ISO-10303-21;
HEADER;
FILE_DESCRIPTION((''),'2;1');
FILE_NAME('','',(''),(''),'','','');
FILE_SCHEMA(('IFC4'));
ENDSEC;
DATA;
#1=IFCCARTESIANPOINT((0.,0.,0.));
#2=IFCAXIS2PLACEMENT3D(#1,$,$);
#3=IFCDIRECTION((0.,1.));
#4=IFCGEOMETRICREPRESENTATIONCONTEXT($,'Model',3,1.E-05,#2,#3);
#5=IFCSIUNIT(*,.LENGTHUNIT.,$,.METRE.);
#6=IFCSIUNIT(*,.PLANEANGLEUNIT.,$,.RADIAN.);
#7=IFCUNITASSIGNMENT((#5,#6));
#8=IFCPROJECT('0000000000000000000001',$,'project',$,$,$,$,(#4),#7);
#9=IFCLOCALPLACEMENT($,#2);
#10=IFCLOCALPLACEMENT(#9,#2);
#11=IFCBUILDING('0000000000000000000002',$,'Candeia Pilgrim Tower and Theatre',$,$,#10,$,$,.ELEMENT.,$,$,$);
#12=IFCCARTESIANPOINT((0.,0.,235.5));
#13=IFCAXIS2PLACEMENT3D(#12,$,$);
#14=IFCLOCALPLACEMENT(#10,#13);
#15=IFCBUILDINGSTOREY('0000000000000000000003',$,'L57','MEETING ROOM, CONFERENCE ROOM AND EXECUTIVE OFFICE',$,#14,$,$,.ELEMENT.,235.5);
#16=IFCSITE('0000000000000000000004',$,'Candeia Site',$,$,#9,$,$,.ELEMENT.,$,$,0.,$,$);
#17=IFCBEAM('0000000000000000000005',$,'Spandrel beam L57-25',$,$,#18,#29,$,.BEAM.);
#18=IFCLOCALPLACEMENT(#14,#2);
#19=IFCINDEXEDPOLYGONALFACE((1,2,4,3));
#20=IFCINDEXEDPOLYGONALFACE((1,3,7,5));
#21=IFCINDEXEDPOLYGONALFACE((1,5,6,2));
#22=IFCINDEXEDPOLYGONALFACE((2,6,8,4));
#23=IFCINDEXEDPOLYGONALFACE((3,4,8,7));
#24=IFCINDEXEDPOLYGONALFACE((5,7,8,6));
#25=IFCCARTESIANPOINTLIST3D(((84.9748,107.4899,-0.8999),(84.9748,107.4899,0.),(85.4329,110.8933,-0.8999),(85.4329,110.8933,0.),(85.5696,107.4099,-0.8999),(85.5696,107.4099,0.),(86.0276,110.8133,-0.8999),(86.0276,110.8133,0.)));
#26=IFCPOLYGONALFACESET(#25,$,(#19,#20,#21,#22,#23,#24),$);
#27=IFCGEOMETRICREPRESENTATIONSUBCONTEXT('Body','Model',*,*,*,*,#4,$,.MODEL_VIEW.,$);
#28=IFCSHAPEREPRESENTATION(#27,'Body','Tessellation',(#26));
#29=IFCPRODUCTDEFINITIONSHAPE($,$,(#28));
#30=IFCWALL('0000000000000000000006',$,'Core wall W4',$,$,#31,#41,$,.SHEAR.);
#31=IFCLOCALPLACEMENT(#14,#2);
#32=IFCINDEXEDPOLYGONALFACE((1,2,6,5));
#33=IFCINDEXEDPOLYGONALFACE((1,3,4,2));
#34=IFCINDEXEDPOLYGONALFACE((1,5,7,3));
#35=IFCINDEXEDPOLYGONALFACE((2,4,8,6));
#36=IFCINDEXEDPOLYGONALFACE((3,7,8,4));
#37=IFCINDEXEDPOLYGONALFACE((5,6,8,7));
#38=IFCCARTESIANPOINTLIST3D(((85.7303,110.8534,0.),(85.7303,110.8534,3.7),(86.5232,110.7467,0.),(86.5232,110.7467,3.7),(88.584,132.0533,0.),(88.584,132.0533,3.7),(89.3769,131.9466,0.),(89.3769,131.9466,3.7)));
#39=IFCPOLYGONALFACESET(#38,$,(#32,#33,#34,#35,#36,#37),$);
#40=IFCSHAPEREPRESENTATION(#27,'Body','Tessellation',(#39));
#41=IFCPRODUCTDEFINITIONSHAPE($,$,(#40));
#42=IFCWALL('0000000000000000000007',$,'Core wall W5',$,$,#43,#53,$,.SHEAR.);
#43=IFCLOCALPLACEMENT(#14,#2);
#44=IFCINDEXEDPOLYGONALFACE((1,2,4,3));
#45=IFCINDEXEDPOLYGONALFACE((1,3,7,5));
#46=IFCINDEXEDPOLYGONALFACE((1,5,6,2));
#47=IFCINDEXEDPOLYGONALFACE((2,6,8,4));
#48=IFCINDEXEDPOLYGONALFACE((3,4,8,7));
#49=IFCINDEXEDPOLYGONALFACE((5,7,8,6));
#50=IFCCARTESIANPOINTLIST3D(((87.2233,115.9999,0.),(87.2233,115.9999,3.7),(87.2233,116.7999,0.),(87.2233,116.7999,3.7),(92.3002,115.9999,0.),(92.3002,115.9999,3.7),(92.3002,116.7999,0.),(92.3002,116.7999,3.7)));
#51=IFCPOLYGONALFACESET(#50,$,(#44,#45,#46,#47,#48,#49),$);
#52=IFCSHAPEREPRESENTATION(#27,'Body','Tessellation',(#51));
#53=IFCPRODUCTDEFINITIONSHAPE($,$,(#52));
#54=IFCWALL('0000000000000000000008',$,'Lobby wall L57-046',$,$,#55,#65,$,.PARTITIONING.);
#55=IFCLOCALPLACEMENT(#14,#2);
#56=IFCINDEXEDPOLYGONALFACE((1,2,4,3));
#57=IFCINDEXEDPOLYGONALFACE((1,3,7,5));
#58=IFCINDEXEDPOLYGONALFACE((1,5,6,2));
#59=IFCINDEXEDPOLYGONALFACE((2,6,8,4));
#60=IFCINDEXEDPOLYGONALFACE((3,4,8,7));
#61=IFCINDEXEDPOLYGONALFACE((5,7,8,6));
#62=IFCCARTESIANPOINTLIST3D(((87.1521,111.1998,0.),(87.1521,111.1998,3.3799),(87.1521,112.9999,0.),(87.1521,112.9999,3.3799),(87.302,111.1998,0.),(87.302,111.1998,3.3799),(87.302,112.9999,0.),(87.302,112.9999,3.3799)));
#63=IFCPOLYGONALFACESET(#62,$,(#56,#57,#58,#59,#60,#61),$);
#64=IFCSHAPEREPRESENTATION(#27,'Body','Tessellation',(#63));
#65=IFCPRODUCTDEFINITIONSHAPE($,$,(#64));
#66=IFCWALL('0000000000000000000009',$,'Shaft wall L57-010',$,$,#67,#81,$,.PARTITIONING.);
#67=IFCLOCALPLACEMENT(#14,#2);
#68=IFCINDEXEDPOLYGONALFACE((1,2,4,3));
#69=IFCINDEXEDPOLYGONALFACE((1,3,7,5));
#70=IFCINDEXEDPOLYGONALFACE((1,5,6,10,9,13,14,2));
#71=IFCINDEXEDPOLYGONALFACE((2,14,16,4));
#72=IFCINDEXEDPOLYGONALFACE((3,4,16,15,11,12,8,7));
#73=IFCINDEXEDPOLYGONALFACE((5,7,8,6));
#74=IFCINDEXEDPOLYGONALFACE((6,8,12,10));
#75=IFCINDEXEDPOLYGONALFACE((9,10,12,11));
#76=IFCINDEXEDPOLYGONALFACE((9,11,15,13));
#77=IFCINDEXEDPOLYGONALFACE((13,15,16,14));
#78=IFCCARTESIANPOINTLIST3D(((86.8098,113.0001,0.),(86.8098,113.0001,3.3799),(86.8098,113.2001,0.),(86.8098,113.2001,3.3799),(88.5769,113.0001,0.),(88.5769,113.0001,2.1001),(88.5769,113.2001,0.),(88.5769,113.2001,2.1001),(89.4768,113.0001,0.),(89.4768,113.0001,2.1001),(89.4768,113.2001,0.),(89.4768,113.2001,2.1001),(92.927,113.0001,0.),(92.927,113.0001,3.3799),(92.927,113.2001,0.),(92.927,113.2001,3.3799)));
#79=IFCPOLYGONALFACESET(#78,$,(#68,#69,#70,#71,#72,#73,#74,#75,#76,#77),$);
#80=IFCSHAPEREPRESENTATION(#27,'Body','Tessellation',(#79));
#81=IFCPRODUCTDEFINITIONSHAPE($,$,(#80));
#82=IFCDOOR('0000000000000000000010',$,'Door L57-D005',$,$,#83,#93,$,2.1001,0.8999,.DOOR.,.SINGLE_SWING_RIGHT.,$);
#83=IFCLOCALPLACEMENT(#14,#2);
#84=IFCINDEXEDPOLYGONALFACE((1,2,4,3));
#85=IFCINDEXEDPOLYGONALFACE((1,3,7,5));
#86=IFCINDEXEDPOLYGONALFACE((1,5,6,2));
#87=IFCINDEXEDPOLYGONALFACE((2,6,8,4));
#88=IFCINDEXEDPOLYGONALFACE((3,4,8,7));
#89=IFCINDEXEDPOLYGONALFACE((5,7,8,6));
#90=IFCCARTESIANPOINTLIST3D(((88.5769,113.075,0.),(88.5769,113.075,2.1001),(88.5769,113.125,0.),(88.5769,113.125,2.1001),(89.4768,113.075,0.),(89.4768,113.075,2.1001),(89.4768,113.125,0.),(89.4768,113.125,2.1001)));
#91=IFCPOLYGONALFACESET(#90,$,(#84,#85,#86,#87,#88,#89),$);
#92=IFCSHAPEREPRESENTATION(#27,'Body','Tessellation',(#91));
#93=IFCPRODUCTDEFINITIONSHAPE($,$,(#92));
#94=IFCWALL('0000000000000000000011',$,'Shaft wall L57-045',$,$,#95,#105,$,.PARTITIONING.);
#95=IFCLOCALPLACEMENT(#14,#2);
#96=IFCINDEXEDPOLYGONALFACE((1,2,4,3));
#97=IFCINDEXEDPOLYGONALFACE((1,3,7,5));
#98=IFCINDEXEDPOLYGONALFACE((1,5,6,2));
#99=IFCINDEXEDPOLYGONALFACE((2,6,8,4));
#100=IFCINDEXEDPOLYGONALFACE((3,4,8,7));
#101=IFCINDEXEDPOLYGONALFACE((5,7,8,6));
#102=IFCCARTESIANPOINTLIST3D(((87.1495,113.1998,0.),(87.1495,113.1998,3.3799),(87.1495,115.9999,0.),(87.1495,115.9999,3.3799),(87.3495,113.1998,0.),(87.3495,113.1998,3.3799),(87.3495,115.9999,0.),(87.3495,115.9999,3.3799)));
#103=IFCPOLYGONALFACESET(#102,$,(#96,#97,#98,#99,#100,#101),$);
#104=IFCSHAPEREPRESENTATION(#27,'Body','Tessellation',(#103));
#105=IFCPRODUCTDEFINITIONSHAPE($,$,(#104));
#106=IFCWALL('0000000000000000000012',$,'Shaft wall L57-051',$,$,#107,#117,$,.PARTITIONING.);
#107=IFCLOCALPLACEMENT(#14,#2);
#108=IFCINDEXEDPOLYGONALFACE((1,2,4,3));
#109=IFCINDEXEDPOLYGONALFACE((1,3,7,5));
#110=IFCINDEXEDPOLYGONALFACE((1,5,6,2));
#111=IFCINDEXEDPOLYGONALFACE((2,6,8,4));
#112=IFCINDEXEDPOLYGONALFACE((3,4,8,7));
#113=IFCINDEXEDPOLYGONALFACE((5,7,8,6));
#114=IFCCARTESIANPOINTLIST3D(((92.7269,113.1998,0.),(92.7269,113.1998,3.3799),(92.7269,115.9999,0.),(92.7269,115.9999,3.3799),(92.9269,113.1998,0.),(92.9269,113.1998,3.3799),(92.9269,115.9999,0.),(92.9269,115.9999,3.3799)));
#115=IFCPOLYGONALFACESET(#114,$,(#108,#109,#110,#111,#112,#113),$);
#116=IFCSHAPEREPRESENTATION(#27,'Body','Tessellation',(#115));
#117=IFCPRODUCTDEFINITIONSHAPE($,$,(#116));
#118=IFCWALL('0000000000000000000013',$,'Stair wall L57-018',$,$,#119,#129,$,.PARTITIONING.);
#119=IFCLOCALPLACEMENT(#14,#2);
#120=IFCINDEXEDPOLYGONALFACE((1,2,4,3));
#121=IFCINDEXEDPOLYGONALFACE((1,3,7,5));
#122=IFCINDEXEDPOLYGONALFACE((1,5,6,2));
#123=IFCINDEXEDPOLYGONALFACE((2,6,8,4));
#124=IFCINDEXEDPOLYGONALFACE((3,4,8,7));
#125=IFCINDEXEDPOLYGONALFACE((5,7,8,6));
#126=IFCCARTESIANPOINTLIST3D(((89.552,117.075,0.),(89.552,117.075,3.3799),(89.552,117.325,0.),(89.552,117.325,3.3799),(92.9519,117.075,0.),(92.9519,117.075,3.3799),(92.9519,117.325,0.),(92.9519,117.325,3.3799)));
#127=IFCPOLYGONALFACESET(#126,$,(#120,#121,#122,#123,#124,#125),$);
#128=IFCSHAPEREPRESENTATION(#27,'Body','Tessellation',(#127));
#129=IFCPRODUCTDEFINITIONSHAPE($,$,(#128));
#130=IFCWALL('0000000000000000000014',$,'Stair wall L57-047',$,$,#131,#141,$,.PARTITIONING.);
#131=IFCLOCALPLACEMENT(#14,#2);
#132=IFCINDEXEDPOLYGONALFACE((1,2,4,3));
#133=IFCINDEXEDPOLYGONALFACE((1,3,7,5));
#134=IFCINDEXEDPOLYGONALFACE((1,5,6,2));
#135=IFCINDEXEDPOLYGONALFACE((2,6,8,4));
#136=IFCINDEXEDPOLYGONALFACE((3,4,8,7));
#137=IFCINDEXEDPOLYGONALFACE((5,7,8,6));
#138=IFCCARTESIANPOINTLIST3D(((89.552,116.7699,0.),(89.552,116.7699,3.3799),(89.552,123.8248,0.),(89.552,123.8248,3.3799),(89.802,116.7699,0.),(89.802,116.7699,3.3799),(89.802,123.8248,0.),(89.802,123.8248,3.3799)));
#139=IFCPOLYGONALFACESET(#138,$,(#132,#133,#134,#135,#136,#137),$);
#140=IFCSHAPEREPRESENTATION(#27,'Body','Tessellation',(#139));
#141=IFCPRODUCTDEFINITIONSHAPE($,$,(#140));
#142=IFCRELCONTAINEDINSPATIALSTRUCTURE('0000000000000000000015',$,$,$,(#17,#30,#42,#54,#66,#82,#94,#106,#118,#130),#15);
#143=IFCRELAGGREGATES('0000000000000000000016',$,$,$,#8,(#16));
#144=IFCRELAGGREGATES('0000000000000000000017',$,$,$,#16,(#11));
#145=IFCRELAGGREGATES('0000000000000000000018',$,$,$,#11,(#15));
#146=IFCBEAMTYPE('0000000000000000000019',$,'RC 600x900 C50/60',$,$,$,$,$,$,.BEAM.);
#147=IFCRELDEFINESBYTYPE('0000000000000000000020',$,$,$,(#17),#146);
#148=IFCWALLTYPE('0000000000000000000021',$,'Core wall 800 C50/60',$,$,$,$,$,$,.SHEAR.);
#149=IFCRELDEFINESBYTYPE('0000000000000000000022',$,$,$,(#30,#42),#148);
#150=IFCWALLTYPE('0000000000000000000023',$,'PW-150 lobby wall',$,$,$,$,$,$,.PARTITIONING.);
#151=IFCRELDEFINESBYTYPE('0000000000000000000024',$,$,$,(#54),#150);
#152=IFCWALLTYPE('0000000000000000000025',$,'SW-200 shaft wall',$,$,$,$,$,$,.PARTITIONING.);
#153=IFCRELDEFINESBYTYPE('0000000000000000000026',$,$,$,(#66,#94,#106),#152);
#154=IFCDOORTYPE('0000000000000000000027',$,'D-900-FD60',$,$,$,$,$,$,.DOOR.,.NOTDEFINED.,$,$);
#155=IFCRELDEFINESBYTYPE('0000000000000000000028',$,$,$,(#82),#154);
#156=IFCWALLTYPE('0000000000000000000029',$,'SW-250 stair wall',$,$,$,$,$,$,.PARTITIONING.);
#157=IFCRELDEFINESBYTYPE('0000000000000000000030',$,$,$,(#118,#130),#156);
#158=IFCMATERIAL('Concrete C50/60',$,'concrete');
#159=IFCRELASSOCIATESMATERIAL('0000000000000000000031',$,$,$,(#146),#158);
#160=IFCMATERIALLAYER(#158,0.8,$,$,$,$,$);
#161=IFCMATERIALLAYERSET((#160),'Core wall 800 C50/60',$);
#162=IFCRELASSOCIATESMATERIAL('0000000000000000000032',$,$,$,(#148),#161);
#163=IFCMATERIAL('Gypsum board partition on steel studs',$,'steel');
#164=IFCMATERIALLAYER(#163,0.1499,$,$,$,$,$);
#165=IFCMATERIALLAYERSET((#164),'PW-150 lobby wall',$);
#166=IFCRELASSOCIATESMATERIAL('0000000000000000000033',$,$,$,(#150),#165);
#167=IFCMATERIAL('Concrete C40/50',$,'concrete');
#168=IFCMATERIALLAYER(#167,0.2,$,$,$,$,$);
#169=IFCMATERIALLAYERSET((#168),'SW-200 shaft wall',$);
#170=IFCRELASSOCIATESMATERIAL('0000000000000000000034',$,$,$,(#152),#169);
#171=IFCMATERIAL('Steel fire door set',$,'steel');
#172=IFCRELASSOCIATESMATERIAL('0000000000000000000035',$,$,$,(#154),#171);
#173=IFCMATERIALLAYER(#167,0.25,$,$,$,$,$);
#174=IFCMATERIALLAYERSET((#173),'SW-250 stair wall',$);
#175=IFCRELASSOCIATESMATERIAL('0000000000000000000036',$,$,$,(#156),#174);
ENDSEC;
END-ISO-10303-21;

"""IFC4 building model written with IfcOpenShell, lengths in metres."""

from ifc_helpers import new_model, si_unit, direction, frame, frame_2d, origin, origin_2d, place, context, subcontext, project, spatial, rectangle, extrude, material, layer, layer_set, material_profile, profile_set, type_object, element, fill, save


model = new_model("IFC4")

# Units and contexts
model_context = context("Model", 3, precision=1e-05, world=origin(), true_north=direction((0.0, 1.0)))
body_context = subcontext(model_context, "Body", "Model", "MODEL_VIEW")
ifc_project = project(units=[si_unit("LENGTHUNIT", "METRE"), si_unit("PLANEANGLEUNIT", "RADIAN")], contexts=[model_context])

# Site, building, storey
site_placement = place(None, origin())
site = spatial("IfcSite", under=ifc_project, at=site_placement, Name="Candeia Site", CompositionType="ELEMENT", RefElevation=0.0)
building_placement = place(site_placement, origin())
building = spatial("IfcBuilding", under=site, at=building_placement, Name="Candeia Pilgrim Tower and Theatre", CompositionType="ELEMENT")
storey_placement = place(building_placement, frame((0.0, 0.0, 235.5)))
storey = spatial("IfcBuildingStorey", under=building, at=storey_placement, Name="L57", Description="MEETING ROOM, CONFERENCE ROOM AND EXECUTIVE OFFICE", CompositionType="ELEMENT", Elevation=235.5)

# Beam
ifc_material_1 = material(Name="Concrete C50/60", Category="concrete")
ifc_material_profile = material_profile(ifc_material_1, rectangle(XDim=0.6001, YDim=0.8999, at=origin_2d()))
ifc_profile_set = profile_set([ifc_material_profile], Name="Concrete C50/60")
beam_type = type_object("IfcBeamType", Name="RC 600x900 C50/60", PredefinedType="BEAM", material=ifc_profile_set)
beam_placement = place(storey_placement, frame((85.7302, 110.8533, -0.45), z_axis=(-0.133374, -0.991066, 0.0), x_axis=(0.991066, -0.133374, 0.0)))
element("IfcBeam", 1, at=beam_placement, inside=storey, type_object=beam_type, Name="Spandrel beam L57-25", PredefinedType="BEAM", context=body_context, shape_type="SweptSolid", body=[
    extrude(rectangle(XDim=0.6001, YDim=0.8999, at=origin_2d()), origin(), (0.0, 0.0, 1.0), 3.4341),
])

# Walls
ifc_layer_1 = layer(ifc_material_1, 0.8)
ifc_layer_set_1 = layer_set([ifc_layer_1], Name="Core wall 800 C50/60")
wall_type_1 = type_object("IfcWallType", Name="Core wall 800 C50/60", PredefinedType="SHEAR", material=ifc_layer_set_1)
wall_1_placement = place(storey_placement, frame((86.1267, 110.8, 0.0), z_axis=(0.0, 0.0, 1.0), x_axis=(0.133408, 0.991061, 0.0)))
element("IfcWall", 2, at=wall_1_placement, inside=storey, type_object=wall_type_1, Name="Core wall W4", PredefinedType="SHEAR", context=body_context, shape_type="SweptSolid", body=[
    extrude(rectangle(XDim=21.3911, YDim=0.8, at=frame_2d((10.6956, 0.0))), origin(), (0.0, 0.0, 1.0), 3.7),
])
wall_2_placement = place(storey_placement, frame((87.2231, 116.3999, 0.0), z_axis=(0.0, 0.0, 1.0), x_axis=(1.0, 0.0, 0.0)))
element("IfcWall", 3, at=wall_2_placement, inside=storey, type_object=wall_type_1, Name="Core wall W5", PredefinedType="SHEAR", context=body_context, shape_type="SweptSolid", body=[
    extrude(rectangle(XDim=5.0769, YDim=0.8, at=frame_2d((2.5386, 0.0))), origin(), (0.0, 0.0, 1.0), 3.7),
])
ifc_material_2 = material(Name="Gypsum board partition on steel studs", Category="steel")
ifc_layer_2 = layer(ifc_material_2, 0.1499)
ifc_layer_set_2 = layer_set([ifc_layer_2], Name="PW-150 lobby wall")
wall_type_2 = type_object("IfcWallType", Name="PW-150 lobby wall", PredefinedType="PARTITIONING", material=ifc_layer_set_2)
wall_3_placement = place(storey_placement, frame((87.2271, 111.2, 0.0), z_axis=(0.0, 0.0, 1.0), x_axis=(0.0, 1.0, 0.0)))
element("IfcWall", 4, at=wall_3_placement, inside=storey, type_object=wall_type_2, Name="Lobby wall L57-046", PredefinedType="PARTITIONING", context=body_context, shape_type="SweptSolid", body=[
    extrude(rectangle(XDim=1.8, YDim=0.1499, at=frame_2d((0.8999, 0.0))), origin(), (0.0, 0.0, 1.0), 3.3799),
])

# Wall, opening, door
ifc_material_3 = material(Name="Concrete C40/50", Category="concrete")
ifc_layer_3 = layer(ifc_material_3, 0.2)
ifc_layer_set_3 = layer_set([ifc_layer_3], Name="SW-200 shaft wall")
wall_type_3 = type_object("IfcWallType", Name="SW-200 shaft wall", PredefinedType="PARTITIONING", material=ifc_layer_set_3)
wall_4_placement = place(storey_placement, frame((86.8098, 113.1001, 0.0), z_axis=(0.0, 0.0, 1.0), x_axis=(1.0, 0.0, 0.0)))
wall_4 = element("IfcWall", 5, at=wall_4_placement, inside=storey, type_object=wall_type_3, Name="Shaft wall L57-010", PredefinedType="PARTITIONING", context=body_context, shape_type="SweptSolid", body=[
    extrude(rectangle(XDim=6.1172, YDim=0.2, at=frame_2d((3.0586, 0.0))), origin(), (0.0, 0.0, 1.0), 3.3799),
])
opening_placement = place(wall_4_placement, frame((1.7671, 0.0, 0.0)))
opening = element("IfcOpeningElement", 6, at=opening_placement, cuts=wall_4, PredefinedType="OPENING", context=body_context, shape_type="SweptSolid", body=[
    extrude(rectangle(XDim=0.8999, YDim=2.1001, at=frame_2d((0.45, 1.05))), frame((0.0, 0.1099, 0.0), z_axis=(0.0, -1.0, 0.0), x_axis=(1.0, 0.0, 0.0)), (0.0, 0.0, 1.0), 0.22),
])
ifc_material_4 = material(Name="Steel fire door set", Category="steel")
door_type = type_object("IfcDoorType", Name="D-900-FD60", OperationType="NOTDEFINED", PredefinedType="DOOR", material=ifc_material_4)
door_placement = place(opening_placement, origin())
door = element("IfcDoor", 7, at=door_placement, inside=storey, type_object=door_type, Name="Door L57-D005", OperationType="SINGLE_SWING_RIGHT", OverallHeight=2.1001, OverallWidth=0.8999, PredefinedType="DOOR", context=body_context, shape_type="SweptSolid", body=[
    extrude(rectangle(XDim=0.8999, YDim=2.1001, at=frame_2d((0.45, 1.05))), frame((0.0, 0.0249, 0.0), z_axis=(0.0, -1.0, 0.0), x_axis=(1.0, 0.0, 0.0)), (0.0, 0.0, 1.0), 0.05),
])
fill(opening, door)

# Walls
for number, where, z_axis, x_axis, name in (
    (8, (87.2495, 113.2, 0.0), (0.0, 0.0, 1.0), (0.0, 1.0, 0.0), "Shaft wall L57-045"),
    (9, (92.8269, 113.2, 0.0), (0.0, 0.0, 1.0), (0.0, 1.0, 0.0), "Shaft wall L57-051"),
):
    element("IfcWall", number, at=place(storey_placement, frame(where, z_axis=z_axis, x_axis=x_axis)), inside=storey, type_object=wall_type_3, Name=name, PredefinedType="PARTITIONING", context=body_context, shape_type="SweptSolid", body=[
        extrude(rectangle(XDim=2.8, YDim=0.2, at=frame_2d((1.3999, 0.0))), origin(), (0.0, 0.0, 1.0), 3.3799),
    ])
ifc_layer_4 = layer(ifc_material_3, 0.25)
ifc_layer_set_4 = layer_set([ifc_layer_4], Name="SW-250 stair wall")
wall_type_4 = type_object("IfcWallType", Name="SW-250 stair wall", PredefinedType="PARTITIONING", material=ifc_layer_set_4)
wall_5_placement = place(storey_placement, frame((89.552, 117.2, 0.0), z_axis=(0.0, 0.0, 1.0), x_axis=(1.0, 0.0, 0.0)))
element("IfcWall", 10, at=wall_5_placement, inside=storey, type_object=wall_type_4, Name="Stair wall L57-018", PredefinedType="PARTITIONING", context=body_context, shape_type="SweptSolid", body=[
    extrude(rectangle(XDim=3.3999, YDim=0.25, at=frame_2d((1.7, 0.0))), origin(), (0.0, 0.0, 1.0), 3.3799),
])
wall_6_placement = place(storey_placement, frame((89.677, 116.77, 0.0), z_axis=(0.0, 0.0, 1.0), x_axis=(0.0, 1.0, 0.0)))
element("IfcWall", 11, at=wall_6_placement, inside=storey, type_object=wall_type_4, Name="Stair wall L57-047", PredefinedType="PARTITIONING", context=body_context, shape_type="SweptSolid", body=[
    extrude(rectangle(XDim=7.0549, YDim=0.25, at=frame_2d((3.5273, 0.0))), origin(), (0.0, 0.0, 1.0), 3.3799),
])

save(model, "model.ifc")
